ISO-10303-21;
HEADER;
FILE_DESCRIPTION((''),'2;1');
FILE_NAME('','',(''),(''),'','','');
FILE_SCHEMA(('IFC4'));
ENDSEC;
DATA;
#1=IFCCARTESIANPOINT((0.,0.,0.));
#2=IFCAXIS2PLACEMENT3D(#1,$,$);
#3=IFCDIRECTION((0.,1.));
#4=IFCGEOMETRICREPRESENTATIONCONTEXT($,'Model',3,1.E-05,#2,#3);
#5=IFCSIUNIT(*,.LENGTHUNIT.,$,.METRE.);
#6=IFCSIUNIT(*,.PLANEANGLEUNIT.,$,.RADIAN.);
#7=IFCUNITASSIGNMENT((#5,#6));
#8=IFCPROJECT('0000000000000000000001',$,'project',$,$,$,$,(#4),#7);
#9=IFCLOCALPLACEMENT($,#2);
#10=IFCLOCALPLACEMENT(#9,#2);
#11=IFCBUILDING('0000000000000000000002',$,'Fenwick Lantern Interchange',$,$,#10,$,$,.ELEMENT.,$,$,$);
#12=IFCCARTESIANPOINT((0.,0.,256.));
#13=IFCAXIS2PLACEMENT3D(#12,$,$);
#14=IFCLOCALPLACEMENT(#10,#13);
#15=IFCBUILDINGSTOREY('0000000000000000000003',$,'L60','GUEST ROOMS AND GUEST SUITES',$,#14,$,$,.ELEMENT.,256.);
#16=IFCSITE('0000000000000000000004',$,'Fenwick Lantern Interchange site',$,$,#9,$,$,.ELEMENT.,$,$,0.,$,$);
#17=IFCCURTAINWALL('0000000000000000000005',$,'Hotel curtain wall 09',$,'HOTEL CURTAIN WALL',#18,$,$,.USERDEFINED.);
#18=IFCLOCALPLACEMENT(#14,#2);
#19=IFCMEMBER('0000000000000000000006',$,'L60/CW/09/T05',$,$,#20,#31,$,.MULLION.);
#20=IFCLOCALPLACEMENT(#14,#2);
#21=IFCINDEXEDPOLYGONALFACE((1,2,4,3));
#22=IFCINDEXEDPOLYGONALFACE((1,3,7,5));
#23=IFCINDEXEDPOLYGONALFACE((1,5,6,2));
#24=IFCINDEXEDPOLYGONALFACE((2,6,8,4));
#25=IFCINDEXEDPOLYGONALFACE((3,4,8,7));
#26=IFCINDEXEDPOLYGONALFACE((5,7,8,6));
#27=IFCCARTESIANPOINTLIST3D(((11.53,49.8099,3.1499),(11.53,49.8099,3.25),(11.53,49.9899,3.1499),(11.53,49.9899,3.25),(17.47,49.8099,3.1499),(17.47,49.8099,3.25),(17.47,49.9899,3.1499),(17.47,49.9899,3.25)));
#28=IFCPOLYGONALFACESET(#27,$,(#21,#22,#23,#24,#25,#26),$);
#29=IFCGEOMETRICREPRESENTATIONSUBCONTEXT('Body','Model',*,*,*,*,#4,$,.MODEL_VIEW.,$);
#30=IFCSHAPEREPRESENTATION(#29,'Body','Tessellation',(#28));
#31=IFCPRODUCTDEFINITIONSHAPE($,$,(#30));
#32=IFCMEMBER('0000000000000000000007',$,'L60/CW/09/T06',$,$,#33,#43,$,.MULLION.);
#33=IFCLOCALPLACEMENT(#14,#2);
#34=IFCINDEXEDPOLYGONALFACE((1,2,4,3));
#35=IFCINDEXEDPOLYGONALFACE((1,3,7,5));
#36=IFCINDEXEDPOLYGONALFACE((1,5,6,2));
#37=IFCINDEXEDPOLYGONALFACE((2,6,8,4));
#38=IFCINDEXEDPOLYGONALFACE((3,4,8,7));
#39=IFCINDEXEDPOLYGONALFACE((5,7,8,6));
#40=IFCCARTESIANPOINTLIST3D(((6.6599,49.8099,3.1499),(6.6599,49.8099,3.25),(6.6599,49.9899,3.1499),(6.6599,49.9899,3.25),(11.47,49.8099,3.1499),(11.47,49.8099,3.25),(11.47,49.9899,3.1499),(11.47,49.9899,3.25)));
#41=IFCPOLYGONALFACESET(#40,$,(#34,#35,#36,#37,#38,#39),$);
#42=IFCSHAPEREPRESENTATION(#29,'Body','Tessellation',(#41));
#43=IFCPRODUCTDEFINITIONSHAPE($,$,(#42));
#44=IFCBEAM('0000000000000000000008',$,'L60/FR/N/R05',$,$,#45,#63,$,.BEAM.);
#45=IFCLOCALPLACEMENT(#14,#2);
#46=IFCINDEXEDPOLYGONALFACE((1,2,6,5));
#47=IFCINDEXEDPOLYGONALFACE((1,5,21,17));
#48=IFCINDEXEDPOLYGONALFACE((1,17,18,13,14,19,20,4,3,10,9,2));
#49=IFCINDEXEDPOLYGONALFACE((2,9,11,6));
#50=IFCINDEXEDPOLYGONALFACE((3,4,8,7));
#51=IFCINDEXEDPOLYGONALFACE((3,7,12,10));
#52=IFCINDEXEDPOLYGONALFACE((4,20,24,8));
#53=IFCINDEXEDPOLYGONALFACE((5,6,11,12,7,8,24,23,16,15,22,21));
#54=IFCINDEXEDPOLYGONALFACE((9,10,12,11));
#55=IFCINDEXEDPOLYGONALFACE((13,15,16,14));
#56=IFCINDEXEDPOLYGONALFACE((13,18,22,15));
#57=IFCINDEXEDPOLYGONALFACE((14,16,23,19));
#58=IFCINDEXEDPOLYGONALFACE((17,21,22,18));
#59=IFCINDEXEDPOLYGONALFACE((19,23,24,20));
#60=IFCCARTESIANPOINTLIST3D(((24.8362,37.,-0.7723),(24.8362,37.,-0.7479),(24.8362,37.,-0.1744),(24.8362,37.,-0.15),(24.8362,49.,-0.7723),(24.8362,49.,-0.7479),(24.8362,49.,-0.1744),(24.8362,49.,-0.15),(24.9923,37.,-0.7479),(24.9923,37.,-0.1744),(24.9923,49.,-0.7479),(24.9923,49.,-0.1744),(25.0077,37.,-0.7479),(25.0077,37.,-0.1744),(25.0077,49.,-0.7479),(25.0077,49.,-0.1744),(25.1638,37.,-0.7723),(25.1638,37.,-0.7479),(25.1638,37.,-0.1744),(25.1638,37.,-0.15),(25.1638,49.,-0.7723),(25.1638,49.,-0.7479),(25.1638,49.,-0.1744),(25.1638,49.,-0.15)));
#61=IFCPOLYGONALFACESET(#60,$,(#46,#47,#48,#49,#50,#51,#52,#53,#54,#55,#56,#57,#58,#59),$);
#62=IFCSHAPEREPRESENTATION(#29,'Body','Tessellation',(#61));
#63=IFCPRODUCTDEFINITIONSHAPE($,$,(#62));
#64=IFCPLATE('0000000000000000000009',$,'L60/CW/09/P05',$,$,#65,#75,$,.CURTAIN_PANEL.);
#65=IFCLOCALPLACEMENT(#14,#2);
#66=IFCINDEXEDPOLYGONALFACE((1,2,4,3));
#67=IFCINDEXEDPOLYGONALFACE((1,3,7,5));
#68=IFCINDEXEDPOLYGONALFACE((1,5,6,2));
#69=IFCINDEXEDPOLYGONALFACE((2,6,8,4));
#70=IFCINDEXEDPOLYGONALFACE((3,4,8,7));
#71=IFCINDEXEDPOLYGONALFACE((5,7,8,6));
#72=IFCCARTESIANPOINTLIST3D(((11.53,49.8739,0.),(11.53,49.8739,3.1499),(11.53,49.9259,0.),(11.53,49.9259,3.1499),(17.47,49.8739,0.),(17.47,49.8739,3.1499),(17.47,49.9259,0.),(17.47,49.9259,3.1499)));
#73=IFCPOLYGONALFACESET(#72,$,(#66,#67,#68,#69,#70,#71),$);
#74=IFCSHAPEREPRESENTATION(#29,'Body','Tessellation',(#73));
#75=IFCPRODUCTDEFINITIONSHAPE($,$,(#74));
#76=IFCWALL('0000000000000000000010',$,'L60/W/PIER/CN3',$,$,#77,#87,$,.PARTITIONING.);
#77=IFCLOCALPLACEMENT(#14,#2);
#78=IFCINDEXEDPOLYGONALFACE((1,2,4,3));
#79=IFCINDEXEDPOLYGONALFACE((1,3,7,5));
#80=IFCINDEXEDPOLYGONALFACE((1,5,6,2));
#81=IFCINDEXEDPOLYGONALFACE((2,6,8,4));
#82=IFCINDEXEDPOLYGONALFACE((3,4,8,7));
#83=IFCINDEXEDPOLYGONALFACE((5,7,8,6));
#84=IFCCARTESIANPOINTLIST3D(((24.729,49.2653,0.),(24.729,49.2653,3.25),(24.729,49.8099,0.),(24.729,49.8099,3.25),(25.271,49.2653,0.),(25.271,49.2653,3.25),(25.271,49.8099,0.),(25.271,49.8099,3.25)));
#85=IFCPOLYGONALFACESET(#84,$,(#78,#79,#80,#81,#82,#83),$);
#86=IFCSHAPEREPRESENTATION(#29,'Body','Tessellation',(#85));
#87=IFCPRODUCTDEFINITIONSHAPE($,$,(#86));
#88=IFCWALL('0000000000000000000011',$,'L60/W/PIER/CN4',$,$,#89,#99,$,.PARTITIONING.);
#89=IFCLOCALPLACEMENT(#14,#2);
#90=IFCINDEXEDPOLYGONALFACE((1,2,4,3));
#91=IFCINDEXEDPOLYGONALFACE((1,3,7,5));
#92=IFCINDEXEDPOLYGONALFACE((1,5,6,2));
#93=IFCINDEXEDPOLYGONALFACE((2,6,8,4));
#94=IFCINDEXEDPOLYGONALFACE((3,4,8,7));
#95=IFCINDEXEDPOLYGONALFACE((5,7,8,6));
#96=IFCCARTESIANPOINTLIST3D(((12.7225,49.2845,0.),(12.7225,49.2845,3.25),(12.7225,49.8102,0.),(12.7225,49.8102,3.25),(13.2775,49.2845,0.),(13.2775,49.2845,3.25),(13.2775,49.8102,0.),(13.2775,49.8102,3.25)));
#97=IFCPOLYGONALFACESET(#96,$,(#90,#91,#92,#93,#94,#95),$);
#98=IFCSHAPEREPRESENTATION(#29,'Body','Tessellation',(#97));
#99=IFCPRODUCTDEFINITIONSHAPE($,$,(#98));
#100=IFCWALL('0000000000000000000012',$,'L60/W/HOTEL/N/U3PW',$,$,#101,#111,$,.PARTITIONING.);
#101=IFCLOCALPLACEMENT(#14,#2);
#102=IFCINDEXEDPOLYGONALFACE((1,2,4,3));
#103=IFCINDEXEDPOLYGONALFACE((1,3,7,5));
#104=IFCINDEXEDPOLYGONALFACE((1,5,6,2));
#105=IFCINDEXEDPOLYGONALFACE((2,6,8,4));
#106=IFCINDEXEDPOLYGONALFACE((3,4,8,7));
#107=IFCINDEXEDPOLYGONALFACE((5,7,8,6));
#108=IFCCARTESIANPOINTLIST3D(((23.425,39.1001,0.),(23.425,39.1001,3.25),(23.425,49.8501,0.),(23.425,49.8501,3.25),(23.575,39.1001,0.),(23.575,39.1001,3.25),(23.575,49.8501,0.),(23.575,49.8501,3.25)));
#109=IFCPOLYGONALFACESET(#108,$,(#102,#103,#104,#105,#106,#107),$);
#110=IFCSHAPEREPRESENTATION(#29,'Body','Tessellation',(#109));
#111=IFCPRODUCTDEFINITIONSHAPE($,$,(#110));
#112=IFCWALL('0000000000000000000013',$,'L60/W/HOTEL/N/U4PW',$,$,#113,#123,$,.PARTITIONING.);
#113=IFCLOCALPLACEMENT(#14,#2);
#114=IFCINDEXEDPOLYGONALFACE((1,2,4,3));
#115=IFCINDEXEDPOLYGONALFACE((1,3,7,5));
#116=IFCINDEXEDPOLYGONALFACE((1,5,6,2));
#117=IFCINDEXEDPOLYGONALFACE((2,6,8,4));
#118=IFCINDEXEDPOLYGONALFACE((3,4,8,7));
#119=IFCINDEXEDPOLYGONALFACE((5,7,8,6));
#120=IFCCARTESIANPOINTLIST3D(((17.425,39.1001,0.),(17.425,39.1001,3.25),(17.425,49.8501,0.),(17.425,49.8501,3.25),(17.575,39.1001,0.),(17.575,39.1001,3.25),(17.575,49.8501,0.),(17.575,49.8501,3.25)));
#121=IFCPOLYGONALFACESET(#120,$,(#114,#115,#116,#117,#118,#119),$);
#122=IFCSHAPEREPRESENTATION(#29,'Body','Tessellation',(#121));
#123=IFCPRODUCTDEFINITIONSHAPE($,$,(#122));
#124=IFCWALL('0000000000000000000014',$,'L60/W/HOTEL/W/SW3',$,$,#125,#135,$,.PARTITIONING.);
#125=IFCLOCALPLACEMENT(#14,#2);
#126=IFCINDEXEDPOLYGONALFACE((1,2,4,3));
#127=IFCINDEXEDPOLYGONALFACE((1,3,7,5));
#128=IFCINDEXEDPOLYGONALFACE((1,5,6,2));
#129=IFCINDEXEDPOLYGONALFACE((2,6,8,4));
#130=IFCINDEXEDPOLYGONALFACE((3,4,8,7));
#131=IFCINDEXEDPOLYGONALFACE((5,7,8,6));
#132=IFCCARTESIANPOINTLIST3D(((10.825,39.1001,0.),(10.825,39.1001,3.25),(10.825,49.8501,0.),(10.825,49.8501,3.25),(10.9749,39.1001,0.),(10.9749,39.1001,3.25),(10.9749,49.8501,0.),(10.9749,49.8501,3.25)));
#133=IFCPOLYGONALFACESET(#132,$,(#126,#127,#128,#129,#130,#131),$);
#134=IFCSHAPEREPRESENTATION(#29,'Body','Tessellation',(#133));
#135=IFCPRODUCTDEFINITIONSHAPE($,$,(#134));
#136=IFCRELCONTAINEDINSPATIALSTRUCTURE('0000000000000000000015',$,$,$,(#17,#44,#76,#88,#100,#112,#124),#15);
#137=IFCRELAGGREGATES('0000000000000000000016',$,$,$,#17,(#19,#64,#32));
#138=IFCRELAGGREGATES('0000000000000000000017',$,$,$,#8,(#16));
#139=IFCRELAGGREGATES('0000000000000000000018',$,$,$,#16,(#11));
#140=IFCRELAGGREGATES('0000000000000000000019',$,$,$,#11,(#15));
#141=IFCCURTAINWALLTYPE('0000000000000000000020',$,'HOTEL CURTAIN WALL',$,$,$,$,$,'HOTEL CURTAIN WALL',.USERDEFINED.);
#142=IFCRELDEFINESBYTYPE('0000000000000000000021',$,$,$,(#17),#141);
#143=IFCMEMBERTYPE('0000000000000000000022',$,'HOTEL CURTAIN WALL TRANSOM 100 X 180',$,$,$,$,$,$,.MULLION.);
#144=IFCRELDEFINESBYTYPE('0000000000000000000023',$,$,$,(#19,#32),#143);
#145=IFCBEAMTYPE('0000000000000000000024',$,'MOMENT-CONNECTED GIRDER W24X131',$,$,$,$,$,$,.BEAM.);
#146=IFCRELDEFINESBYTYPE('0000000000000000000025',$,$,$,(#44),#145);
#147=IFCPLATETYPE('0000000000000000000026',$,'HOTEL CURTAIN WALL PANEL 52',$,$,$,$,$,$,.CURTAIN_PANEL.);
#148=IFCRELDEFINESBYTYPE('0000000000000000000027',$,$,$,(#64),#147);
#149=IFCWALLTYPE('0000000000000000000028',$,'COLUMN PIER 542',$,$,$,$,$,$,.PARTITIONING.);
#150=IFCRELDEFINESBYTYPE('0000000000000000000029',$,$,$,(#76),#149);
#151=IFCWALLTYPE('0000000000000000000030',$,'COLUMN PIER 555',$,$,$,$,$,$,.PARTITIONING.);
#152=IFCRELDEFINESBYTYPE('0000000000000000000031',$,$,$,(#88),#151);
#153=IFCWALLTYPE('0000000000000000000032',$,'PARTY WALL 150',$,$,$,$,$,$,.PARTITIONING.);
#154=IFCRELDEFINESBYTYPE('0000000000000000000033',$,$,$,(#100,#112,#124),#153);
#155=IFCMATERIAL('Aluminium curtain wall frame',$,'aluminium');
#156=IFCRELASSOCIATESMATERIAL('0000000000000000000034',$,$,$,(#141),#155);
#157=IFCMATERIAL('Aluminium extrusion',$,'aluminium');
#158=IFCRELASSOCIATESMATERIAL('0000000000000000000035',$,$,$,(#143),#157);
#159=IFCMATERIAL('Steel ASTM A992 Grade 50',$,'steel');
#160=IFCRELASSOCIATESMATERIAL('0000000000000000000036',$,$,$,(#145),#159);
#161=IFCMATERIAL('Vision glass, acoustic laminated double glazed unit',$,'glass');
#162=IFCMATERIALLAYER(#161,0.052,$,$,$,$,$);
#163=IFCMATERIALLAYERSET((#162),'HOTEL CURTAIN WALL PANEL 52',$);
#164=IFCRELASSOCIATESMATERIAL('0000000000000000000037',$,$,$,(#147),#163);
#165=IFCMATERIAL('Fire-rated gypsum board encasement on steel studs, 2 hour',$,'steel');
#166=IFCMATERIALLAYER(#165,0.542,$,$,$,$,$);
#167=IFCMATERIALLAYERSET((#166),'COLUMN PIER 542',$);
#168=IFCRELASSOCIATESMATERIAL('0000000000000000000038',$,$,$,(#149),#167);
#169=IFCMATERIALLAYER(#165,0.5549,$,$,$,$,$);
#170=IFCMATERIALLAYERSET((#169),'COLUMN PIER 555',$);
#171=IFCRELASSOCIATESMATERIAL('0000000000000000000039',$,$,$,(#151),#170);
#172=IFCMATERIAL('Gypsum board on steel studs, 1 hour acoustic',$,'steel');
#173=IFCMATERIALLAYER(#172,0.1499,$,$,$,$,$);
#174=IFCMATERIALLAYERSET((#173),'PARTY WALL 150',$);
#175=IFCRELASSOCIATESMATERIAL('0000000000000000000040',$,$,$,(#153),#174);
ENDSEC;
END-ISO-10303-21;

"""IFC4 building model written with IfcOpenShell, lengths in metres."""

from ifc_helpers import new_model, si_unit, direction, frame, frame_2d, origin, origin_2d, place, context, subcontext, project, spatial, rectangle, i_section, extrude, material, layer, layer_set, material_profile, profile_set, type_object, element, aggregate, save


model = new_model("IFC4")

# Units and contexts
model_context = context("Model", 3, precision=1e-05, world=origin(), true_north=direction((0.0, 1.0)))
body_context = subcontext(model_context, "Body", "Model", "MODEL_VIEW")
ifc_project = project(units=[si_unit("LENGTHUNIT", "METRE"), si_unit("PLANEANGLEUNIT", "RADIAN")], contexts=[model_context])

# Site, building, storey
site_placement = place(None, origin())
site = spatial("IfcSite", under=ifc_project, at=site_placement, Name="Fenwick Lantern Interchange site", CompositionType="ELEMENT", RefElevation=0.0)
building_placement = place(site_placement, origin())
building = spatial("IfcBuilding", under=site, at=building_placement, Name="Fenwick Lantern Interchange", CompositionType="ELEMENT")
storey_placement = place(building_placement, frame((0.0, 0.0, 256.0)))
storey = spatial("IfcBuildingStorey", under=building, at=storey_placement, Name="L60", Description="GUEST ROOMS AND GUEST SUITES", CompositionType="ELEMENT", Elevation=256.0)

# Shared definitions
ifc_material_1 = material(Name="Steel ASTM A992 Grade 50", Category="steel")

# Curtain wall, members
ifc_material_2 = material(Name="Aluminium curtain wall frame", Category="aluminium")
curtain_wall_type = type_object("IfcCurtainWallType", Name="HOTEL CURTAIN WALL", ElementType="HOTEL CURTAIN WALL", PredefinedType="USERDEFINED", material=ifc_material_2)
curtain_wall_placement = place(storey_placement, origin())
curtain_wall = element("IfcCurtainWall", 1, at=curtain_wall_placement, inside=storey, type_object=curtain_wall_type, Name="Hotel curtain wall 09", ObjectType="HOTEL CURTAIN WALL", PredefinedType="USERDEFINED")
ifc_material_3 = material(Name="Aluminium extrusion", Category="aluminium")
ifc_material_profile_1 = material_profile(ifc_material_3, rectangle(XDim=0.1799, YDim=0.1001, at=origin_2d()), Name="HOTEL CURTAIN WALL TRANSOM 100 X 180")
ifc_profile_set_1 = profile_set([ifc_material_profile_1], Name="Aluminium extrusion")
member_type_1 = type_object("IfcMemberType", Name="HOTEL CURTAIN WALL TRANSOM 100 X 180", PredefinedType="MULLION", material=ifc_profile_set_1)
member_1_placement = place(storey_placement, frame((17.47, 49.8999, 3.2), z_axis=(-1.0, 0.0, 0.0), x_axis=(0.0, -1.0, 0.0)))
member_1 = element("IfcMember", 2, at=member_1_placement, type_object=member_type_1, Name="L60/CW/09/T05", PredefinedType="MULLION", context=body_context, shape_type="SweptSolid", body=[
    extrude(rectangle(XDim=0.1799, YDim=0.1001, at=origin_2d()), origin(), (0.0, 0.0, 1.0), 5.9399),
])
member_2_placement = place(storey_placement, frame((11.47, 49.8999, 3.2), z_axis=(-1.0, 0.0, 0.0), x_axis=(0.0, -1.0, 0.0)))
member_2 = element("IfcMember", 3, at=member_2_placement, type_object=member_type_1, Name="L60/CW/09/T06", PredefinedType="MULLION", context=body_context, shape_type="SweptSolid", body=[
    extrude(rectangle(XDim=0.1799, YDim=0.1001, at=origin_2d()), origin(), (0.0, 0.0, 1.0), 4.8101),
])

# Beam
ifc_material_profile_2 = material_profile(ifc_material_1, i_section(OverallWidth=0.3276, OverallDepth=0.6223, WebThickness=0.0154, FlangeThickness=0.0244, at=origin_2d()), Name="W24X131")
ifc_profile_set_2 = profile_set([ifc_material_profile_2], Name="Steel ASTM A992 Grade 50")
beam_type_1 = type_object("IfcBeamType", Name="MOMENT-CONNECTED GIRDER W24X131", PredefinedType="BEAM", material=ifc_profile_set_2)
beam_1_placement = place(storey_placement, frame((25.0, 49.0, -0.4612), z_axis=(0.0, -1.0, 0.0), x_axis=(1.0, 0.0, 0.0)))
element("IfcBeam", 4, at=beam_1_placement, inside=storey, type_object=beam_type_1, Name="L60/FR/N/R05", PredefinedType="BEAM", context=body_context, shape_type="SweptSolid", body=[
    extrude(i_section(OverallWidth=0.3276, OverallDepth=0.6223, WebThickness=0.0154, FlangeThickness=0.0244, at=origin_2d()), origin(), (0.0, 0.0, 1.0), 12.0),
])

# Plate
ifc_material_4 = material(Name="Vision glass, acoustic laminated double glazed unit", Category="glass")
ifc_layer_1 = layer(ifc_material_4, 0.052)
ifc_layer_set_1 = layer_set([ifc_layer_1], Name="HOTEL CURTAIN WALL PANEL 52")
plate_type = type_object("IfcPlateType", Name="HOTEL CURTAIN WALL PANEL 52", PredefinedType="CURTAIN_PANEL", material=ifc_layer_set_1)
plate_placement = place(storey_placement, frame((14.5, 49.8999, 0.0), z_axis=(0.0, 0.0, 1.0), x_axis=(-1.0, 0.0, 0.0)))
plate = element("IfcPlate", 5, at=plate_placement, type_object=plate_type, Name="L60/CW/09/P05", PredefinedType="CURTAIN_PANEL", context=body_context, shape_type="SweptSolid", body=[
    extrude(rectangle(XDim=5.9399, YDim=0.052, at=origin_2d()), origin(), (0.0, 0.0, 1.0), 3.1499),
])
aggregate(curtain_wall, [member_1, plate, member_2])

# Walls
ifc_material_5 = material(Name="Fire-rated gypsum board encasement on steel studs, 2 hour", Category="steel")
ifc_layer_2 = layer(ifc_material_5, 0.542)
ifc_layer_set_2 = layer_set([ifc_layer_2], Name="COLUMN PIER 542")
wall_type_1 = type_object("IfcWallType", Name="COLUMN PIER 542", PredefinedType="PARTITIONING", material=ifc_layer_set_2)
wall_1_placement = place(storey_placement, frame((25.0, 49.8101, 0.0), z_axis=(0.0, 0.0, 1.0), x_axis=(0.0, -1.0, 0.0)))
element("IfcWall", 6, at=wall_1_placement, inside=storey, type_object=wall_type_1, Name="L60/W/PIER/CN3", PredefinedType="PARTITIONING", context=body_context, shape_type="SweptSolid", body=[
    extrude(rectangle(XDim=0.5447, YDim=0.542, at=frame_2d((0.2725, 0.0))), origin(), (0.0, 0.0, 1.0), 3.25),
])
ifc_layer_3 = layer(ifc_material_5, 0.5549)
ifc_layer_set_3 = layer_set([ifc_layer_3], Name="COLUMN PIER 555")
wall_type_2 = type_object("IfcWallType", Name="COLUMN PIER 555", PredefinedType="PARTITIONING", material=ifc_layer_set_3)
wall_2_placement = place(storey_placement, frame((13.0, 49.8101, 0.0), z_axis=(0.0, 0.0, 1.0), x_axis=(0.0, -1.0, 0.0)))
element("IfcWall", 7, at=wall_2_placement, inside=storey, type_object=wall_type_2, Name="L60/W/PIER/CN4", PredefinedType="PARTITIONING", context=body_context, shape_type="SweptSolid", body=[
    extrude(rectangle(XDim=0.5256, YDim=0.5549, at=frame_2d((0.2627, 0.0))), origin(), (0.0, 0.0, 1.0), 3.25),
])
ifc_material_6 = material(Name="Gypsum board on steel studs, 1 hour acoustic", Category="steel")
ifc_layer_4 = layer(ifc_material_6, 0.1499)
ifc_layer_set_4 = layer_set([ifc_layer_4], Name="PARTY WALL 150")
wall_type_3 = type_object("IfcWallType", Name="PARTY WALL 150", PredefinedType="PARTITIONING", material=ifc_layer_set_4)
for number, where, z_axis, x_axis, name in (
    (8, (23.5, 49.8501, 0.0), (0.0, 0.0, 1.0), (0.0, -1.0, 0.0), "L60/W/HOTEL/N/U3PW"),
    (9, (17.5, 49.8501, 0.0), (0.0, 0.0, 1.0), (0.0, -1.0, 0.0), "L60/W/HOTEL/N/U4PW"),
    (10, (10.8999, 49.8501, 0.0), (0.0, 0.0, 1.0), (0.0, -1.0, 0.0), "L60/W/HOTEL/W/SW3"),
):
    element("IfcWall", number, at=place(storey_placement, frame(where, z_axis=z_axis, x_axis=x_axis)), inside=storey, type_object=wall_type_3, Name=name, PredefinedType="PARTITIONING", context=body_context, shape_type="SweptSolid", body=[
        extrude(rectangle(XDim=10.75, YDim=0.1499, at=frame_2d((5.375, 0.0))), origin(), (0.0, 0.0, 1.0), 3.25),
    ])

save(model, "model.ifc")
